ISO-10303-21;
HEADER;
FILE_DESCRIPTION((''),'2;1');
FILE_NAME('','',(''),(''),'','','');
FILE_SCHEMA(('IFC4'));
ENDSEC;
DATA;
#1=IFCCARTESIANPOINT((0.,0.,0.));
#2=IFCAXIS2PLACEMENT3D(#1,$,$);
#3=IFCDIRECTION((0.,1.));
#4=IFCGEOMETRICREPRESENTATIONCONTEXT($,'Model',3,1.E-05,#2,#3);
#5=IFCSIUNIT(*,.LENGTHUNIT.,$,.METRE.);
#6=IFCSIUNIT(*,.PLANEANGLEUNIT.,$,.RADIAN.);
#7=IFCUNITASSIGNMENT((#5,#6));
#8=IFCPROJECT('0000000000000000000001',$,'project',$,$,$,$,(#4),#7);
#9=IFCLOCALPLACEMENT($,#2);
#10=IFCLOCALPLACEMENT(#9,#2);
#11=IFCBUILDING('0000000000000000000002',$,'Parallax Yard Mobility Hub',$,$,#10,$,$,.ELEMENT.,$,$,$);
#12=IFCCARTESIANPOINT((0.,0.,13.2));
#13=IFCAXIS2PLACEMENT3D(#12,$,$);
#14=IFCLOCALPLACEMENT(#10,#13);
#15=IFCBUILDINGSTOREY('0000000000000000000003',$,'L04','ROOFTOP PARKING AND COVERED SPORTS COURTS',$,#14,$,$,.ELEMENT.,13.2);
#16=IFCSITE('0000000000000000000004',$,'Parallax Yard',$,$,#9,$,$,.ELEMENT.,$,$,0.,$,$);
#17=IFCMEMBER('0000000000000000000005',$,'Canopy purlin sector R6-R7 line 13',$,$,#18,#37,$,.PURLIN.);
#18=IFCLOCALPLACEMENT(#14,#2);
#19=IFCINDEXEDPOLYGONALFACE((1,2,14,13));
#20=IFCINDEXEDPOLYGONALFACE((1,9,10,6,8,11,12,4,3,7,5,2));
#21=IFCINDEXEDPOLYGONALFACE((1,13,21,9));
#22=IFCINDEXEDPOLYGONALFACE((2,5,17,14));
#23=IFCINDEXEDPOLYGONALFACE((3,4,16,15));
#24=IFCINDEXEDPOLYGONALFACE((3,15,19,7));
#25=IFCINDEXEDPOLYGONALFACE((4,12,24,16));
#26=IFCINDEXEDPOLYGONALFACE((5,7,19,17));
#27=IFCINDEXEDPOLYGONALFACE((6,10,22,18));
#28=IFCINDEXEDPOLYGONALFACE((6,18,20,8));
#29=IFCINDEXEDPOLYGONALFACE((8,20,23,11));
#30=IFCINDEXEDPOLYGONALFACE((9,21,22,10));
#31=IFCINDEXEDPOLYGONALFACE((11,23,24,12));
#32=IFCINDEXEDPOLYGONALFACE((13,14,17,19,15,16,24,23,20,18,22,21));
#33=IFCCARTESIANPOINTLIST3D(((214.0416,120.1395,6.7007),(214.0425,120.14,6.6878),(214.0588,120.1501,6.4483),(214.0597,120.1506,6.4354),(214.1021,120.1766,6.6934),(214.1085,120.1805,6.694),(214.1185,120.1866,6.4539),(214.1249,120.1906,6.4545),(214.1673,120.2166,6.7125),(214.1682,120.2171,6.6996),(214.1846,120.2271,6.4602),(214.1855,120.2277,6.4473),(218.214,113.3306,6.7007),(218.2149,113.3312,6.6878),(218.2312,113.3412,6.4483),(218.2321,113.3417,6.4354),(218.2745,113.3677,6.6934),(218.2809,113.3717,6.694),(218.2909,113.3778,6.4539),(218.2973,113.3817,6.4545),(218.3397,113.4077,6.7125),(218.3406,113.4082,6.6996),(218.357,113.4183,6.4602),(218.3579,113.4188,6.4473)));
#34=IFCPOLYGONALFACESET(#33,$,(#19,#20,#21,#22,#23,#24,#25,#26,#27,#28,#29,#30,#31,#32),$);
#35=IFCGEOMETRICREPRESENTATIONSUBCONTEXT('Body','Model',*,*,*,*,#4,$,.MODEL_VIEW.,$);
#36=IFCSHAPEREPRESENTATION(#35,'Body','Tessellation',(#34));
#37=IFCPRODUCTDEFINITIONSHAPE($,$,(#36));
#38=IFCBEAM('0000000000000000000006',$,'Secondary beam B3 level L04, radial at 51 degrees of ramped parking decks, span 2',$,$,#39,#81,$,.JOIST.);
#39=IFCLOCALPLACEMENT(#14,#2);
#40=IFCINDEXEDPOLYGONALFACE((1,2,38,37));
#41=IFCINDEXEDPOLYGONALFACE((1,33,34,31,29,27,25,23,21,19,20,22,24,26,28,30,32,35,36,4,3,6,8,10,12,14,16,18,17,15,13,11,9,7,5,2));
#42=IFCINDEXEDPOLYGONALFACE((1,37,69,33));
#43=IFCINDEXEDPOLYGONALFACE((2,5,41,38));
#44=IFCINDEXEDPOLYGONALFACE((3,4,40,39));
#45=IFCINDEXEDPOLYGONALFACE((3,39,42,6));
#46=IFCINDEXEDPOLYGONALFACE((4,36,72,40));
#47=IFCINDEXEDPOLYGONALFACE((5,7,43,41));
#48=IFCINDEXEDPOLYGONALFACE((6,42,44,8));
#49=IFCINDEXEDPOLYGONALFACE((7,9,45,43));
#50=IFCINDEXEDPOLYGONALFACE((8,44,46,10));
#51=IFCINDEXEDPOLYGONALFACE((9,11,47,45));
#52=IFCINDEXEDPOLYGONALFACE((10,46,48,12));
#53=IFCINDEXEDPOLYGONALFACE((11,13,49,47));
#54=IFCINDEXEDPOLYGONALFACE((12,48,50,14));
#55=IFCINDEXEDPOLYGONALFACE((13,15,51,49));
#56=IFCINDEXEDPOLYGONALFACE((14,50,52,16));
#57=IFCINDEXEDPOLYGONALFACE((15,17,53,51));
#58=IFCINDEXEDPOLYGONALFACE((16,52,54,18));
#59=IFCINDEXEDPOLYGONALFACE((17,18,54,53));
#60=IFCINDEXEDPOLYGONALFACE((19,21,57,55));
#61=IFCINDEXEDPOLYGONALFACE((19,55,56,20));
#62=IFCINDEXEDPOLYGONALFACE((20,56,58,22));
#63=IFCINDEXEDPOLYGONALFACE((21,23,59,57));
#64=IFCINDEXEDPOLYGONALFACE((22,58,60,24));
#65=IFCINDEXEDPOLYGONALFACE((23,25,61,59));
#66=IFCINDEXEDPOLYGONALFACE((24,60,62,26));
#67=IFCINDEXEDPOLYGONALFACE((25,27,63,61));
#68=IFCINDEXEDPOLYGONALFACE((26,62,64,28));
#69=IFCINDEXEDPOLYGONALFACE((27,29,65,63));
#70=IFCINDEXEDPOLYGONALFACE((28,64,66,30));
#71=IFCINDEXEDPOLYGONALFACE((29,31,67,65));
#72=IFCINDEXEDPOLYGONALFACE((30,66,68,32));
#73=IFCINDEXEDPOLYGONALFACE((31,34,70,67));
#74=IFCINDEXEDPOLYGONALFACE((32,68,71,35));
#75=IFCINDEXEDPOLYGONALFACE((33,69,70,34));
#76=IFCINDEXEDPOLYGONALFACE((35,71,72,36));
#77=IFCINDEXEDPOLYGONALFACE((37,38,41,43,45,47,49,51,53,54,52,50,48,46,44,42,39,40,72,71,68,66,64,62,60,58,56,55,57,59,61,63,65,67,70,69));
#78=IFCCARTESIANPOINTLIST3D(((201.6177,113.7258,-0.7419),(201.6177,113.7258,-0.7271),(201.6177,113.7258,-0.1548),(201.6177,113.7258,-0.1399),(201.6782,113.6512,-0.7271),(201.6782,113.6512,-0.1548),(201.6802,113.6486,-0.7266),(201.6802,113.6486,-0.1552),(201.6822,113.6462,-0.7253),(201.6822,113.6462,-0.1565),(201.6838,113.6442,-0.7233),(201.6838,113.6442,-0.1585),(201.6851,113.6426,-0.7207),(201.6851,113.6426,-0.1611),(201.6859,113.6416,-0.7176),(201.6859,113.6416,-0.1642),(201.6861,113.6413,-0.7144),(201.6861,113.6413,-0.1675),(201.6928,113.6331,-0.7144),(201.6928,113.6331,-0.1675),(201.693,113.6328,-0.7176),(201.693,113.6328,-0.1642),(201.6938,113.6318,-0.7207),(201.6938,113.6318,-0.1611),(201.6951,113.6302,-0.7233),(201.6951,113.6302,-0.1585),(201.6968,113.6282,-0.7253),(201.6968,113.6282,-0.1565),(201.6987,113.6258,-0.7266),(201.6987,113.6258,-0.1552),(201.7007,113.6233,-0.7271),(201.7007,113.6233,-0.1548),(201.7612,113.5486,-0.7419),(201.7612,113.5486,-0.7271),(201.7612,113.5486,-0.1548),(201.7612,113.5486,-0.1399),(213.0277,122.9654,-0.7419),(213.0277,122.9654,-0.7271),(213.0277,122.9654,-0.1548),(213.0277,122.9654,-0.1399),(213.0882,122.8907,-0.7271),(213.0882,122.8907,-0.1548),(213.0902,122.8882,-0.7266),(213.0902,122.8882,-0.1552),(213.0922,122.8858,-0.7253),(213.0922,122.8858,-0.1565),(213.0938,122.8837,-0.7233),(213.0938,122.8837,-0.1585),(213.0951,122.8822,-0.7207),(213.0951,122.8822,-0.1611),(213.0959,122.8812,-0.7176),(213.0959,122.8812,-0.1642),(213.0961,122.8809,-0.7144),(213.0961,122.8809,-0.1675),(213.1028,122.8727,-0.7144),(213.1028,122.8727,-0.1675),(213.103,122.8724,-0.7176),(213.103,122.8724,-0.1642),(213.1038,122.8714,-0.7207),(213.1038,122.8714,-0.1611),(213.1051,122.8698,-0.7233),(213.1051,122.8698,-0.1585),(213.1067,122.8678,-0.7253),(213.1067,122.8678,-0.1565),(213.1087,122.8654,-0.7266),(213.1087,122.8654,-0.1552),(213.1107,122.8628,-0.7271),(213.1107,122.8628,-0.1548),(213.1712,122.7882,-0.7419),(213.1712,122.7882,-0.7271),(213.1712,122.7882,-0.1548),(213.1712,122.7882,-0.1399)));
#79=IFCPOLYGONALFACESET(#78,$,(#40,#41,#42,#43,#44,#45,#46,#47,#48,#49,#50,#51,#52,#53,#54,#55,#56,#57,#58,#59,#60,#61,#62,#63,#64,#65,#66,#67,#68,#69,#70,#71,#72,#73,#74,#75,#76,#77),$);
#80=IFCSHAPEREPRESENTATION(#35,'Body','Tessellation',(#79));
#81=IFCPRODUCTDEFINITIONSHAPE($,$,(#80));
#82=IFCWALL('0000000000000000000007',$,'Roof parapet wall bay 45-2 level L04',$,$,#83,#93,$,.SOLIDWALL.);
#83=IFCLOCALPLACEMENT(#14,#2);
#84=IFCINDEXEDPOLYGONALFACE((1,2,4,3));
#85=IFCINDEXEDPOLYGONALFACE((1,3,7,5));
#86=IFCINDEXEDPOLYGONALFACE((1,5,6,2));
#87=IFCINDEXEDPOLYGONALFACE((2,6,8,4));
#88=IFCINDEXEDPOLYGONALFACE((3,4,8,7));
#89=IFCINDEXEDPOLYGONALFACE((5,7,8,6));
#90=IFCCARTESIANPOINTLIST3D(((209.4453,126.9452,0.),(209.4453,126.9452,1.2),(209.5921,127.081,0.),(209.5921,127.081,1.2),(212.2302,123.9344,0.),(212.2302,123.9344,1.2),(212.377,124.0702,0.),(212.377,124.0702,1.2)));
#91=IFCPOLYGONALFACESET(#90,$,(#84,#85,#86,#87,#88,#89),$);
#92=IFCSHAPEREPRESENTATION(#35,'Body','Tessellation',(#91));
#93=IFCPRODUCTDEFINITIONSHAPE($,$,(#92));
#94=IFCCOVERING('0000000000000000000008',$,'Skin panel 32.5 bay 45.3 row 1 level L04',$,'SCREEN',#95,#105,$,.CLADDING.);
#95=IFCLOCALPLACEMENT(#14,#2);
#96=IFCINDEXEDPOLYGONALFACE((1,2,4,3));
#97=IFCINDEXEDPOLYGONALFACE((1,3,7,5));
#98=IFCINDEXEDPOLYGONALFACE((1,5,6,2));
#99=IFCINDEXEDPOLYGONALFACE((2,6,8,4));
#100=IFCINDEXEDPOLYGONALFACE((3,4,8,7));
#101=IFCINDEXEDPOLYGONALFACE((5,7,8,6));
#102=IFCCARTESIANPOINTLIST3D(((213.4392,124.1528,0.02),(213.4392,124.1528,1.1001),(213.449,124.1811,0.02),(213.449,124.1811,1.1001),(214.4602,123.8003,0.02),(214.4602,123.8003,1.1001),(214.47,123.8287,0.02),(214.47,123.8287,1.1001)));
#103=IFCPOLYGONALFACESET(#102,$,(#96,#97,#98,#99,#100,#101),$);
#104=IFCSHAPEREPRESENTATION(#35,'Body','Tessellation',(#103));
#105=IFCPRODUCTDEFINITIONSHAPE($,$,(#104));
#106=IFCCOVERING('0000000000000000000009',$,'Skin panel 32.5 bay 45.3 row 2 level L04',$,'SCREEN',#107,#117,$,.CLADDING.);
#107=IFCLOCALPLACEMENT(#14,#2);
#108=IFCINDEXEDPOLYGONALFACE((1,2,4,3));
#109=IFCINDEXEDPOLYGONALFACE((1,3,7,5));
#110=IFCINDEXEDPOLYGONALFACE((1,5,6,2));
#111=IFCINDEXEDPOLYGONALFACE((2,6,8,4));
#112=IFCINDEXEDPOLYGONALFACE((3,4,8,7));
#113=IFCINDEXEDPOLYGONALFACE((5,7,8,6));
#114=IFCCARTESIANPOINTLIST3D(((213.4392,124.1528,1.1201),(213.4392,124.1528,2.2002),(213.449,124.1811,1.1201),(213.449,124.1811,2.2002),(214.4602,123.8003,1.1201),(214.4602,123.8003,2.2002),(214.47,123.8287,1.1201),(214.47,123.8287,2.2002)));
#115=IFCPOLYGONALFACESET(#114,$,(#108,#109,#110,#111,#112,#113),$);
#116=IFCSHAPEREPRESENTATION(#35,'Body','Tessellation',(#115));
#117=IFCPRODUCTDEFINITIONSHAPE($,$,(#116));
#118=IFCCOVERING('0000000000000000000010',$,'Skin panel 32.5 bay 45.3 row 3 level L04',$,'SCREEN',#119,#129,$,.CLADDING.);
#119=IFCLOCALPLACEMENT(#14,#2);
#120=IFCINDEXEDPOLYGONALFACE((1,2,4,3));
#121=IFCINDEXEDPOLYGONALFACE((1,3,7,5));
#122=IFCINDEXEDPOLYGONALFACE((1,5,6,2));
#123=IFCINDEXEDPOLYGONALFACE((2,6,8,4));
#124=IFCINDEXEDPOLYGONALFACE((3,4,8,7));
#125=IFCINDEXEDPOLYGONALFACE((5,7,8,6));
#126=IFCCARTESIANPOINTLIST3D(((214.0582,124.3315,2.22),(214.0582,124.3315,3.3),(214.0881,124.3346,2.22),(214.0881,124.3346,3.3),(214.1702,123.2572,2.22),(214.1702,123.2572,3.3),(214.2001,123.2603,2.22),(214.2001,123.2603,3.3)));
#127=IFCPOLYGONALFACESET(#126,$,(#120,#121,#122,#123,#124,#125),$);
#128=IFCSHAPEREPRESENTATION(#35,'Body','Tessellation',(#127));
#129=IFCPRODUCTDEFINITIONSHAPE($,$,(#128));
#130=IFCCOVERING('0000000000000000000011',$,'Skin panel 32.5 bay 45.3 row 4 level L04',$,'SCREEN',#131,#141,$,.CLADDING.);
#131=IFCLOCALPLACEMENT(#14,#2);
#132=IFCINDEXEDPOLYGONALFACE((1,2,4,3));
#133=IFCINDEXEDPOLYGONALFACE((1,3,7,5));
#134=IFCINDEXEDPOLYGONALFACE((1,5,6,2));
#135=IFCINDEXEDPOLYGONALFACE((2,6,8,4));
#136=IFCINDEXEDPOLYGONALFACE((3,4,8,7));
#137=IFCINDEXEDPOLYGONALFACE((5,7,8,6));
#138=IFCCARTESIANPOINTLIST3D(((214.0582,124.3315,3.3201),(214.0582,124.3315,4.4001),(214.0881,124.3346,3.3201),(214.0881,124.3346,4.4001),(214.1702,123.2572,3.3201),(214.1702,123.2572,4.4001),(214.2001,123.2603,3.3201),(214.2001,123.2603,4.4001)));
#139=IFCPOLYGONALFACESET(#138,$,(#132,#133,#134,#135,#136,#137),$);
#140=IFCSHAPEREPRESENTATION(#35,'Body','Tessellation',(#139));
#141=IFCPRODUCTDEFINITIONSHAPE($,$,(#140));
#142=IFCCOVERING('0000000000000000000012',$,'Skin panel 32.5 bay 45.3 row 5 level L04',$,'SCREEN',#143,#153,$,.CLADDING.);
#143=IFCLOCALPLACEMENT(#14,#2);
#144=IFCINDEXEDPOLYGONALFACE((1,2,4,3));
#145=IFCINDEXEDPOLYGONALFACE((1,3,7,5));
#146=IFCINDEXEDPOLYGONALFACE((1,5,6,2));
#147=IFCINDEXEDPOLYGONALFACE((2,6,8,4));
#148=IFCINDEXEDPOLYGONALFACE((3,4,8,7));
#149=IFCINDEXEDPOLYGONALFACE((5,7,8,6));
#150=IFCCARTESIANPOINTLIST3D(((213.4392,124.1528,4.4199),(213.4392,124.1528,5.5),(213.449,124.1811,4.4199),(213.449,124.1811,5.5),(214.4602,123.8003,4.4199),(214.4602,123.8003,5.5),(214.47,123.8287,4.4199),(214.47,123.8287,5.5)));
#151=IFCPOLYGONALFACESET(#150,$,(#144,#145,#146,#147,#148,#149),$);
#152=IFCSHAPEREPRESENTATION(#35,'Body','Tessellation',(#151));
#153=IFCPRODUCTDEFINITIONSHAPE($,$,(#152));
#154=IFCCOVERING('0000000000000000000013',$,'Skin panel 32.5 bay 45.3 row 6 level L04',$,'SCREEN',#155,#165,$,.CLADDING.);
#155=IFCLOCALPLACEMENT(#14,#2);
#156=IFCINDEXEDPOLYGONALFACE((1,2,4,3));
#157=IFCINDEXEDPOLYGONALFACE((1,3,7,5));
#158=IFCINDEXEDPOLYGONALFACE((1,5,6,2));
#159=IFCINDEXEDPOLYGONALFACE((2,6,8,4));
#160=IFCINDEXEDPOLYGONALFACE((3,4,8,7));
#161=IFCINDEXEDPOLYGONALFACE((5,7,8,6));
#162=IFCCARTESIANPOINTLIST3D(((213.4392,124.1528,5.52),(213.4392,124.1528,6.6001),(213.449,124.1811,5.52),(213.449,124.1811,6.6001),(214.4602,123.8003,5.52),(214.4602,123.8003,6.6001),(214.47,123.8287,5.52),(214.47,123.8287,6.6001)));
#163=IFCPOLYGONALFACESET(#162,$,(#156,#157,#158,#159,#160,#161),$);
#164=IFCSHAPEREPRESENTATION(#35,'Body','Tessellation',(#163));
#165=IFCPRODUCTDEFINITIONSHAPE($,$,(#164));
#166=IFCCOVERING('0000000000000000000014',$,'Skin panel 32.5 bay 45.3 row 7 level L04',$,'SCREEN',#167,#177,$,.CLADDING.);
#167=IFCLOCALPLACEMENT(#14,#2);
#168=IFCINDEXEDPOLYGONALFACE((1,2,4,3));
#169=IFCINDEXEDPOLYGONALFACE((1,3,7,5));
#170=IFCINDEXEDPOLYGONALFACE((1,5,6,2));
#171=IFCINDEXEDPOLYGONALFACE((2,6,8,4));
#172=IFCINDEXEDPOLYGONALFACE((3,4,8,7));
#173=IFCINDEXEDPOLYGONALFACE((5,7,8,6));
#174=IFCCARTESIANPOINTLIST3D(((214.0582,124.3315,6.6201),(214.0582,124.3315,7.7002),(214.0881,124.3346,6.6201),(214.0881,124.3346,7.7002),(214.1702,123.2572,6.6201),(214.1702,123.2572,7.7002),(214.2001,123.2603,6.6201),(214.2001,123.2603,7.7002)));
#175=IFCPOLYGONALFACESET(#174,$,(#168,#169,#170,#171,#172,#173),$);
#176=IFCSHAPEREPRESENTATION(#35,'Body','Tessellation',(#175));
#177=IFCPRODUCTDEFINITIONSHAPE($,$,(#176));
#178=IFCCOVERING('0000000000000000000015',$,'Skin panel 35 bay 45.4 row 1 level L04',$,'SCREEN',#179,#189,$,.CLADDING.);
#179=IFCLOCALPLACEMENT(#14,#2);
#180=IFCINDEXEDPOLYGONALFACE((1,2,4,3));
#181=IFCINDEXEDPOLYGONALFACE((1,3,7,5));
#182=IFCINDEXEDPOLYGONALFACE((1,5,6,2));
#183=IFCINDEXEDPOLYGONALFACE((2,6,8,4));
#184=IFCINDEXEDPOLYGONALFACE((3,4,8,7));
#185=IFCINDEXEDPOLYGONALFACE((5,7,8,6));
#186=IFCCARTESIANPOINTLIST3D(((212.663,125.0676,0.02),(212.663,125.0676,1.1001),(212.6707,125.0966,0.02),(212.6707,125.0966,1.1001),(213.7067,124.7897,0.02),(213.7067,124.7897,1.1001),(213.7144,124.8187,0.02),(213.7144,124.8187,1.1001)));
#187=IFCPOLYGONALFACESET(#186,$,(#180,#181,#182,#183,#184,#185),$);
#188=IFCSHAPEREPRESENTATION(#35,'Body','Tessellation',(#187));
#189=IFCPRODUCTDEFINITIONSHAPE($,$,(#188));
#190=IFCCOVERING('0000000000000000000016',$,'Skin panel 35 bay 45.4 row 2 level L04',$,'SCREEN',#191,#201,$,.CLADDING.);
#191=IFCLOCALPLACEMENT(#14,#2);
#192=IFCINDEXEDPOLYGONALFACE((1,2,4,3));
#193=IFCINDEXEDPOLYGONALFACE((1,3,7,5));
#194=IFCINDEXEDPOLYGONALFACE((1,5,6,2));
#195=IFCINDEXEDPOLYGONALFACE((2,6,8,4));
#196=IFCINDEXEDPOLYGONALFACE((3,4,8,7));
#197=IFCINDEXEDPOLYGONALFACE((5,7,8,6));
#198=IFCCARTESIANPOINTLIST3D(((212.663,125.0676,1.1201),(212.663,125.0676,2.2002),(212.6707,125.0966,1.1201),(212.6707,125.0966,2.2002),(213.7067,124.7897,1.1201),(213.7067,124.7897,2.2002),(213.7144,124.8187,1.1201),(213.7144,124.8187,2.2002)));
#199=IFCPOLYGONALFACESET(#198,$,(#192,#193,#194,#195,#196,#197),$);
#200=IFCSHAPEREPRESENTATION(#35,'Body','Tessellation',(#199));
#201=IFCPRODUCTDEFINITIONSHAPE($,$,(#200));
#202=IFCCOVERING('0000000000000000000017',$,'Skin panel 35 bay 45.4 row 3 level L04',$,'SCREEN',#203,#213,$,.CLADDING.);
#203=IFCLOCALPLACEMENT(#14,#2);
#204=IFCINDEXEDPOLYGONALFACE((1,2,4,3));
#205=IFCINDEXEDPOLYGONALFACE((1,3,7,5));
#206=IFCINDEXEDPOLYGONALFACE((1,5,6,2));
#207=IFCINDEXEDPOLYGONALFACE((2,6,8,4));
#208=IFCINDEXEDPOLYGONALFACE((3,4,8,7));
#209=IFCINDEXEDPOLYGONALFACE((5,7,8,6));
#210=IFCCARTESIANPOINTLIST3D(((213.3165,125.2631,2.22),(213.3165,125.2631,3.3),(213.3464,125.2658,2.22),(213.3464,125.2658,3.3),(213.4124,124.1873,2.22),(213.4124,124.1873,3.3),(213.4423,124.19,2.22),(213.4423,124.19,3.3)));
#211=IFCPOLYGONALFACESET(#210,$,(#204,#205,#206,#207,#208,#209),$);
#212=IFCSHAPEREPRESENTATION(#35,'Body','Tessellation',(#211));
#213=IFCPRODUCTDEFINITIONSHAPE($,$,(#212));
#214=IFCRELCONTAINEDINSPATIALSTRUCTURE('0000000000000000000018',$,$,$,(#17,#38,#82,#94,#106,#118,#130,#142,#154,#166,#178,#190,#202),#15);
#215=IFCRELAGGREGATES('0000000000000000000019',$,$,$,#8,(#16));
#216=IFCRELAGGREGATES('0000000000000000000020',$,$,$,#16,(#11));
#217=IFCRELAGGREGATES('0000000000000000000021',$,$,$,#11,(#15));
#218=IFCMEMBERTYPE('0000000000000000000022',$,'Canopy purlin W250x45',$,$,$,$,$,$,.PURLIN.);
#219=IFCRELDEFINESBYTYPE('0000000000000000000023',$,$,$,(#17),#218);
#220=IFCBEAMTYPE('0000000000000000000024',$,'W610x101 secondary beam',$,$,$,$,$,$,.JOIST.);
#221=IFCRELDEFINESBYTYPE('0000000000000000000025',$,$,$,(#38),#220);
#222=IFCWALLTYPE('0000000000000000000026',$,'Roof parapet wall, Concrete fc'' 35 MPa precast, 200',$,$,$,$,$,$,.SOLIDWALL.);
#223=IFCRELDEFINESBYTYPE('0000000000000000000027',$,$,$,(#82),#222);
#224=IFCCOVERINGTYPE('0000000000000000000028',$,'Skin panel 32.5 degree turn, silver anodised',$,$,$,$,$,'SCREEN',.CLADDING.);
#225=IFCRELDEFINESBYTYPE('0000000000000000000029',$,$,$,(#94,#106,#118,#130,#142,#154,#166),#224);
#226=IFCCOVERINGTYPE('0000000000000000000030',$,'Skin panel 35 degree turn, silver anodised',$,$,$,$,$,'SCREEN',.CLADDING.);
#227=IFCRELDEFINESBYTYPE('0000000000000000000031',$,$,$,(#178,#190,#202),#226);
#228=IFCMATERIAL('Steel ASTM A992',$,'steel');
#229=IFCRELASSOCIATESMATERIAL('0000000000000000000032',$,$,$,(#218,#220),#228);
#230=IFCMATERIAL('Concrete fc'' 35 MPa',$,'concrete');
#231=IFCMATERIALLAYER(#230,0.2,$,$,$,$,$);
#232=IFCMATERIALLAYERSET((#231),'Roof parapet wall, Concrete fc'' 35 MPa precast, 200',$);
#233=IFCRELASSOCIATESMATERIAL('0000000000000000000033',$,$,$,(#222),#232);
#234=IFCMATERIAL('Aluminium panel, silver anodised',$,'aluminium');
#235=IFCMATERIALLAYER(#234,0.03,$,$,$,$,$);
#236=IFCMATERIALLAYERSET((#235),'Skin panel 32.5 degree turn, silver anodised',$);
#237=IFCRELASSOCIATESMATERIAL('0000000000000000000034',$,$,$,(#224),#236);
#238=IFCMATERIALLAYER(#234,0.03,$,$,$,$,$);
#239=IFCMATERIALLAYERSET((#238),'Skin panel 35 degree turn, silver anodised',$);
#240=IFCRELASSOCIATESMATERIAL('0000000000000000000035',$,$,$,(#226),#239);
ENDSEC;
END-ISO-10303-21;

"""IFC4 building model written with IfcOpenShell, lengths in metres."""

from ifc_helpers import new_model, si_unit, direction, frame, frame_2d, origin, origin_2d, place, context, subcontext, project, spatial, rectangle, i_section, extrude, material, layer, layer_set, material_profile, profile_set, type_object, element, save


model = new_model("IFC4")

# Units and contexts
model_context = context("Model", 3, precision=1e-05, world=origin(), true_north=direction((0.0, 1.0)))
body_context = subcontext(model_context, "Body", "Model", "MODEL_VIEW")
ifc_project = project(units=[si_unit("LENGTHUNIT", "METRE"), si_unit("PLANEANGLEUNIT", "RADIAN")], contexts=[model_context])

# Site, building, storey
site_placement = place(None, origin())
site = spatial("IfcSite", under=ifc_project, at=site_placement, Name="Parallax Yard", CompositionType="ELEMENT", RefElevation=0.0)
building_placement = place(site_placement, origin())
building = spatial("IfcBuilding", under=site, at=building_placement, Name="Parallax Yard Mobility Hub", CompositionType="ELEMENT")
storey_placement = place(building_placement, frame((0.0, 0.0, 13.2)))
storey = spatial("IfcBuildingStorey", under=building, at=storey_placement, Name="L04", Description="ROOFTOP PARKING AND COVERED SPORTS COURTS", CompositionType="ELEMENT", Elevation=13.2)

# Member
ifc_material_1 = material(Name="Steel ASTM A992", Category="steel")
ifc_material_profile_1 = material_profile(ifc_material_1, i_section(OverallWidth=0.1479, OverallDepth=0.2661, WebThickness=0.0076, FlangeThickness=0.0129, at=origin_2d()), Name="W250x45")
ifc_profile_set_1 = profile_set([ifc_material_profile_1], Name="Steel ASTM A992")
member_type_1 = type_object("IfcMemberType", Name="Canopy purlin W250x45", PredefinedType="PURLIN", material=ifc_profile_set_1)
member_1_placement = place(storey_placement, frame((214.1135, 120.1836, 6.574), z_axis=(0.52249, -0.852646, 0.0), x_axis=(0.849913, 0.520815, 0.07999)))
element("IfcMember", 1, at=member_1_placement, inside=storey, type_object=member_type_1, Name="Canopy purlin sector R6-R7 line 13", PredefinedType="PURLIN", context=body_context, shape_type="SweptSolid", body=[
    extrude(i_section(OverallWidth=0.1479, OverallDepth=0.2661, WebThickness=0.0076, FlangeThickness=0.0129, at=origin_2d()), origin(), (0.0, 0.0, 1.0), 7.9856),
])

# Beam
ifc_material_profile_2 = material_profile(ifc_material_1, i_section(OverallWidth=0.228, OverallDepth=0.6021, WebThickness=0.0105, FlangeThickness=0.0149, FilletRadius=0.0127, at=origin_2d()), Name="W610x101")
ifc_profile_set_2 = profile_set([ifc_material_profile_2], Name="Steel ASTM A992")
beam_type = type_object("IfcBeamType", Name="W610x101 secondary beam", PredefinedType="JOIST", material=ifc_profile_set_2)
beam_placement = place(storey_placement, frame((201.6895, 113.6372, -0.4409), z_axis=(0.777148, 0.629318, 0.0), x_axis=(-0.629318, 0.777148, 0.0)))
element("IfcBeam", 2, at=beam_placement, inside=storey, type_object=beam_type, Name="Secondary beam B3 level L04, radial at 51 degrees of ramped parking decks, span 2", PredefinedType="JOIST", context=body_context, shape_type="SweptSolid", body=[
    extrude(i_section(OverallWidth=0.228, OverallDepth=0.6021, WebThickness=0.0105, FlangeThickness=0.0149, FilletRadius=0.0127, at=origin_2d()), origin(), (0.0, 0.0, 1.0), 14.6819),
])

# Wall
ifc_material_2 = material(Name="Concrete fc' 35 MPa", Category="concrete")
ifc_layer_1 = layer(ifc_material_2, 0.2)
ifc_layer_set_1 = layer_set([ifc_layer_1], Name="Roof parapet wall, Concrete fc' 35 MPa precast, 200")
wall_type = type_object("IfcWallType", Name="Roof parapet wall, Concrete fc' 35 MPa precast, 200", PredefinedType="SOLIDWALL", material=ifc_layer_set_1)
wall_placement = place(storey_placement, frame((212.3037, 124.0022, 0.0), z_axis=(0.0, 0.0, 1.0), x_axis=(-0.679039, 0.734102, 0.0)))
element("IfcWall", 3, at=wall_placement, inside=storey, type_object=wall_type, Name="Roof parapet wall bay 45-2 level L04", PredefinedType="SOLIDWALL", context=body_context, shape_type="SweptSolid", body=[
    extrude(rectangle(XDim=4.1013, YDim=0.2, at=frame_2d((2.0508, 0.0))), origin(), (0.0, 0.0, 1.0), 1.2),
])

# Coverings
ifc_material_3 = material(Name="Aluminium panel, silver anodised", Category="aluminium")
ifc_layer_2 = layer(ifc_material_3, 0.03)
ifc_layer_set_2 = layer_set([ifc_layer_2], Name="Skin panel 32.5 degree turn, silver anodised")
covering_type_1 = type_object("IfcCoveringType", Name="Skin panel 32.5 degree turn, silver anodised", ElementType="SCREEN", PredefinedType="CLADDING", material=ifc_layer_set_2)
for number, where, z_axis, x_axis, name in (
    (4, (213.9546, 123.9907, 0.02), (0.0, 0.0, 1.0), (0.94526, -0.326319, 0.0), "Skin panel 32.5 bay 45.3 row 1 level L04"),
    (5, (213.9546, 123.9907, 1.1201), (0.0, 0.0, 1.0), (0.94526, -0.326319, 0.0), "Skin panel 32.5 bay 45.3 row 2 level L04"),
    (6, (214.1292, 123.7959, 2.22), (0.0, 0.0, 1.0), (-0.103739, 0.994605, 0.0), "Skin panel 32.5 bay 45.3 row 3 level L04"),
    (7, (214.1292, 123.7959, 3.3201), (0.0, 0.0, 1.0), (-0.103739, 0.994605, 0.0), "Skin panel 32.5 bay 45.3 row 4 level L04"),
    (8, (213.9546, 123.9907, 4.4199), (0.0, 0.0, 1.0), (0.94526, -0.326319, 0.0), "Skin panel 32.5 bay 45.3 row 5 level L04"),
    (9, (213.9546, 123.9907, 5.52), (0.0, 0.0, 1.0), (0.94526, -0.326319, 0.0), "Skin panel 32.5 bay 45.3 row 6 level L04"),
    (10, (214.1292, 123.7959, 6.6201), (0.0, 0.0, 1.0), (-0.103739, 0.994605, 0.0), "Skin panel 32.5 bay 45.3 row 7 level L04"),
):
    element("IfcCovering", number, at=place(storey_placement, frame(where, z_axis=z_axis, x_axis=x_axis)), inside=storey, type_object=covering_type_1, Name=name, ObjectType="SCREEN", PredefinedType="CLADDING", context=body_context, shape_type="SweptSolid", body=[
        extrude(rectangle(XDim=1.0801, YDim=0.03, at=origin_2d()), origin(), (0.0, 0.0, 1.0), 1.0801),
    ])
ifc_layer_3 = layer(ifc_material_3, 0.03)
ifc_layer_set_3 = layer_set([ifc_layer_3], Name="Skin panel 35 degree turn, silver anodised")
covering_type_2 = type_object("IfcCoveringType", Name="Skin panel 35 degree turn, silver anodised", ElementType="SCREEN", PredefinedType="CLADDING", material=ifc_layer_set_3)
for number, where, z_axis, x_axis, name in (
    (11, (213.1887, 124.9431, 0.02), (0.0, 0.0, 1.0), (0.966335, -0.257286, 0.0), "Skin panel 35 bay 45.4 row 1 level L04"),
    (12, (213.1887, 124.9431, 1.1201), (0.0, 0.0, 1.0), (0.966335, -0.257286, 0.0), "Skin panel 35 bay 45.4 row 2 level L04"),
    (13, (213.3794, 124.7266, 2.22), (0.0, 0.0, 1.0), (-0.088736, 0.996055, 0.0), "Skin panel 35 bay 45.4 row 3 level L04"),
):
    element("IfcCovering", number, at=place(storey_placement, frame(where, z_axis=z_axis, x_axis=x_axis)), inside=storey, type_object=covering_type_2, Name=name, ObjectType="SCREEN", PredefinedType="CLADDING", context=body_context, shape_type="SweptSolid", body=[
        extrude(rectangle(XDim=1.0801, YDim=0.03, at=origin_2d()), origin(), (0.0, 0.0, 1.0), 1.0801),
    ])

save(model, "model.ifc")
